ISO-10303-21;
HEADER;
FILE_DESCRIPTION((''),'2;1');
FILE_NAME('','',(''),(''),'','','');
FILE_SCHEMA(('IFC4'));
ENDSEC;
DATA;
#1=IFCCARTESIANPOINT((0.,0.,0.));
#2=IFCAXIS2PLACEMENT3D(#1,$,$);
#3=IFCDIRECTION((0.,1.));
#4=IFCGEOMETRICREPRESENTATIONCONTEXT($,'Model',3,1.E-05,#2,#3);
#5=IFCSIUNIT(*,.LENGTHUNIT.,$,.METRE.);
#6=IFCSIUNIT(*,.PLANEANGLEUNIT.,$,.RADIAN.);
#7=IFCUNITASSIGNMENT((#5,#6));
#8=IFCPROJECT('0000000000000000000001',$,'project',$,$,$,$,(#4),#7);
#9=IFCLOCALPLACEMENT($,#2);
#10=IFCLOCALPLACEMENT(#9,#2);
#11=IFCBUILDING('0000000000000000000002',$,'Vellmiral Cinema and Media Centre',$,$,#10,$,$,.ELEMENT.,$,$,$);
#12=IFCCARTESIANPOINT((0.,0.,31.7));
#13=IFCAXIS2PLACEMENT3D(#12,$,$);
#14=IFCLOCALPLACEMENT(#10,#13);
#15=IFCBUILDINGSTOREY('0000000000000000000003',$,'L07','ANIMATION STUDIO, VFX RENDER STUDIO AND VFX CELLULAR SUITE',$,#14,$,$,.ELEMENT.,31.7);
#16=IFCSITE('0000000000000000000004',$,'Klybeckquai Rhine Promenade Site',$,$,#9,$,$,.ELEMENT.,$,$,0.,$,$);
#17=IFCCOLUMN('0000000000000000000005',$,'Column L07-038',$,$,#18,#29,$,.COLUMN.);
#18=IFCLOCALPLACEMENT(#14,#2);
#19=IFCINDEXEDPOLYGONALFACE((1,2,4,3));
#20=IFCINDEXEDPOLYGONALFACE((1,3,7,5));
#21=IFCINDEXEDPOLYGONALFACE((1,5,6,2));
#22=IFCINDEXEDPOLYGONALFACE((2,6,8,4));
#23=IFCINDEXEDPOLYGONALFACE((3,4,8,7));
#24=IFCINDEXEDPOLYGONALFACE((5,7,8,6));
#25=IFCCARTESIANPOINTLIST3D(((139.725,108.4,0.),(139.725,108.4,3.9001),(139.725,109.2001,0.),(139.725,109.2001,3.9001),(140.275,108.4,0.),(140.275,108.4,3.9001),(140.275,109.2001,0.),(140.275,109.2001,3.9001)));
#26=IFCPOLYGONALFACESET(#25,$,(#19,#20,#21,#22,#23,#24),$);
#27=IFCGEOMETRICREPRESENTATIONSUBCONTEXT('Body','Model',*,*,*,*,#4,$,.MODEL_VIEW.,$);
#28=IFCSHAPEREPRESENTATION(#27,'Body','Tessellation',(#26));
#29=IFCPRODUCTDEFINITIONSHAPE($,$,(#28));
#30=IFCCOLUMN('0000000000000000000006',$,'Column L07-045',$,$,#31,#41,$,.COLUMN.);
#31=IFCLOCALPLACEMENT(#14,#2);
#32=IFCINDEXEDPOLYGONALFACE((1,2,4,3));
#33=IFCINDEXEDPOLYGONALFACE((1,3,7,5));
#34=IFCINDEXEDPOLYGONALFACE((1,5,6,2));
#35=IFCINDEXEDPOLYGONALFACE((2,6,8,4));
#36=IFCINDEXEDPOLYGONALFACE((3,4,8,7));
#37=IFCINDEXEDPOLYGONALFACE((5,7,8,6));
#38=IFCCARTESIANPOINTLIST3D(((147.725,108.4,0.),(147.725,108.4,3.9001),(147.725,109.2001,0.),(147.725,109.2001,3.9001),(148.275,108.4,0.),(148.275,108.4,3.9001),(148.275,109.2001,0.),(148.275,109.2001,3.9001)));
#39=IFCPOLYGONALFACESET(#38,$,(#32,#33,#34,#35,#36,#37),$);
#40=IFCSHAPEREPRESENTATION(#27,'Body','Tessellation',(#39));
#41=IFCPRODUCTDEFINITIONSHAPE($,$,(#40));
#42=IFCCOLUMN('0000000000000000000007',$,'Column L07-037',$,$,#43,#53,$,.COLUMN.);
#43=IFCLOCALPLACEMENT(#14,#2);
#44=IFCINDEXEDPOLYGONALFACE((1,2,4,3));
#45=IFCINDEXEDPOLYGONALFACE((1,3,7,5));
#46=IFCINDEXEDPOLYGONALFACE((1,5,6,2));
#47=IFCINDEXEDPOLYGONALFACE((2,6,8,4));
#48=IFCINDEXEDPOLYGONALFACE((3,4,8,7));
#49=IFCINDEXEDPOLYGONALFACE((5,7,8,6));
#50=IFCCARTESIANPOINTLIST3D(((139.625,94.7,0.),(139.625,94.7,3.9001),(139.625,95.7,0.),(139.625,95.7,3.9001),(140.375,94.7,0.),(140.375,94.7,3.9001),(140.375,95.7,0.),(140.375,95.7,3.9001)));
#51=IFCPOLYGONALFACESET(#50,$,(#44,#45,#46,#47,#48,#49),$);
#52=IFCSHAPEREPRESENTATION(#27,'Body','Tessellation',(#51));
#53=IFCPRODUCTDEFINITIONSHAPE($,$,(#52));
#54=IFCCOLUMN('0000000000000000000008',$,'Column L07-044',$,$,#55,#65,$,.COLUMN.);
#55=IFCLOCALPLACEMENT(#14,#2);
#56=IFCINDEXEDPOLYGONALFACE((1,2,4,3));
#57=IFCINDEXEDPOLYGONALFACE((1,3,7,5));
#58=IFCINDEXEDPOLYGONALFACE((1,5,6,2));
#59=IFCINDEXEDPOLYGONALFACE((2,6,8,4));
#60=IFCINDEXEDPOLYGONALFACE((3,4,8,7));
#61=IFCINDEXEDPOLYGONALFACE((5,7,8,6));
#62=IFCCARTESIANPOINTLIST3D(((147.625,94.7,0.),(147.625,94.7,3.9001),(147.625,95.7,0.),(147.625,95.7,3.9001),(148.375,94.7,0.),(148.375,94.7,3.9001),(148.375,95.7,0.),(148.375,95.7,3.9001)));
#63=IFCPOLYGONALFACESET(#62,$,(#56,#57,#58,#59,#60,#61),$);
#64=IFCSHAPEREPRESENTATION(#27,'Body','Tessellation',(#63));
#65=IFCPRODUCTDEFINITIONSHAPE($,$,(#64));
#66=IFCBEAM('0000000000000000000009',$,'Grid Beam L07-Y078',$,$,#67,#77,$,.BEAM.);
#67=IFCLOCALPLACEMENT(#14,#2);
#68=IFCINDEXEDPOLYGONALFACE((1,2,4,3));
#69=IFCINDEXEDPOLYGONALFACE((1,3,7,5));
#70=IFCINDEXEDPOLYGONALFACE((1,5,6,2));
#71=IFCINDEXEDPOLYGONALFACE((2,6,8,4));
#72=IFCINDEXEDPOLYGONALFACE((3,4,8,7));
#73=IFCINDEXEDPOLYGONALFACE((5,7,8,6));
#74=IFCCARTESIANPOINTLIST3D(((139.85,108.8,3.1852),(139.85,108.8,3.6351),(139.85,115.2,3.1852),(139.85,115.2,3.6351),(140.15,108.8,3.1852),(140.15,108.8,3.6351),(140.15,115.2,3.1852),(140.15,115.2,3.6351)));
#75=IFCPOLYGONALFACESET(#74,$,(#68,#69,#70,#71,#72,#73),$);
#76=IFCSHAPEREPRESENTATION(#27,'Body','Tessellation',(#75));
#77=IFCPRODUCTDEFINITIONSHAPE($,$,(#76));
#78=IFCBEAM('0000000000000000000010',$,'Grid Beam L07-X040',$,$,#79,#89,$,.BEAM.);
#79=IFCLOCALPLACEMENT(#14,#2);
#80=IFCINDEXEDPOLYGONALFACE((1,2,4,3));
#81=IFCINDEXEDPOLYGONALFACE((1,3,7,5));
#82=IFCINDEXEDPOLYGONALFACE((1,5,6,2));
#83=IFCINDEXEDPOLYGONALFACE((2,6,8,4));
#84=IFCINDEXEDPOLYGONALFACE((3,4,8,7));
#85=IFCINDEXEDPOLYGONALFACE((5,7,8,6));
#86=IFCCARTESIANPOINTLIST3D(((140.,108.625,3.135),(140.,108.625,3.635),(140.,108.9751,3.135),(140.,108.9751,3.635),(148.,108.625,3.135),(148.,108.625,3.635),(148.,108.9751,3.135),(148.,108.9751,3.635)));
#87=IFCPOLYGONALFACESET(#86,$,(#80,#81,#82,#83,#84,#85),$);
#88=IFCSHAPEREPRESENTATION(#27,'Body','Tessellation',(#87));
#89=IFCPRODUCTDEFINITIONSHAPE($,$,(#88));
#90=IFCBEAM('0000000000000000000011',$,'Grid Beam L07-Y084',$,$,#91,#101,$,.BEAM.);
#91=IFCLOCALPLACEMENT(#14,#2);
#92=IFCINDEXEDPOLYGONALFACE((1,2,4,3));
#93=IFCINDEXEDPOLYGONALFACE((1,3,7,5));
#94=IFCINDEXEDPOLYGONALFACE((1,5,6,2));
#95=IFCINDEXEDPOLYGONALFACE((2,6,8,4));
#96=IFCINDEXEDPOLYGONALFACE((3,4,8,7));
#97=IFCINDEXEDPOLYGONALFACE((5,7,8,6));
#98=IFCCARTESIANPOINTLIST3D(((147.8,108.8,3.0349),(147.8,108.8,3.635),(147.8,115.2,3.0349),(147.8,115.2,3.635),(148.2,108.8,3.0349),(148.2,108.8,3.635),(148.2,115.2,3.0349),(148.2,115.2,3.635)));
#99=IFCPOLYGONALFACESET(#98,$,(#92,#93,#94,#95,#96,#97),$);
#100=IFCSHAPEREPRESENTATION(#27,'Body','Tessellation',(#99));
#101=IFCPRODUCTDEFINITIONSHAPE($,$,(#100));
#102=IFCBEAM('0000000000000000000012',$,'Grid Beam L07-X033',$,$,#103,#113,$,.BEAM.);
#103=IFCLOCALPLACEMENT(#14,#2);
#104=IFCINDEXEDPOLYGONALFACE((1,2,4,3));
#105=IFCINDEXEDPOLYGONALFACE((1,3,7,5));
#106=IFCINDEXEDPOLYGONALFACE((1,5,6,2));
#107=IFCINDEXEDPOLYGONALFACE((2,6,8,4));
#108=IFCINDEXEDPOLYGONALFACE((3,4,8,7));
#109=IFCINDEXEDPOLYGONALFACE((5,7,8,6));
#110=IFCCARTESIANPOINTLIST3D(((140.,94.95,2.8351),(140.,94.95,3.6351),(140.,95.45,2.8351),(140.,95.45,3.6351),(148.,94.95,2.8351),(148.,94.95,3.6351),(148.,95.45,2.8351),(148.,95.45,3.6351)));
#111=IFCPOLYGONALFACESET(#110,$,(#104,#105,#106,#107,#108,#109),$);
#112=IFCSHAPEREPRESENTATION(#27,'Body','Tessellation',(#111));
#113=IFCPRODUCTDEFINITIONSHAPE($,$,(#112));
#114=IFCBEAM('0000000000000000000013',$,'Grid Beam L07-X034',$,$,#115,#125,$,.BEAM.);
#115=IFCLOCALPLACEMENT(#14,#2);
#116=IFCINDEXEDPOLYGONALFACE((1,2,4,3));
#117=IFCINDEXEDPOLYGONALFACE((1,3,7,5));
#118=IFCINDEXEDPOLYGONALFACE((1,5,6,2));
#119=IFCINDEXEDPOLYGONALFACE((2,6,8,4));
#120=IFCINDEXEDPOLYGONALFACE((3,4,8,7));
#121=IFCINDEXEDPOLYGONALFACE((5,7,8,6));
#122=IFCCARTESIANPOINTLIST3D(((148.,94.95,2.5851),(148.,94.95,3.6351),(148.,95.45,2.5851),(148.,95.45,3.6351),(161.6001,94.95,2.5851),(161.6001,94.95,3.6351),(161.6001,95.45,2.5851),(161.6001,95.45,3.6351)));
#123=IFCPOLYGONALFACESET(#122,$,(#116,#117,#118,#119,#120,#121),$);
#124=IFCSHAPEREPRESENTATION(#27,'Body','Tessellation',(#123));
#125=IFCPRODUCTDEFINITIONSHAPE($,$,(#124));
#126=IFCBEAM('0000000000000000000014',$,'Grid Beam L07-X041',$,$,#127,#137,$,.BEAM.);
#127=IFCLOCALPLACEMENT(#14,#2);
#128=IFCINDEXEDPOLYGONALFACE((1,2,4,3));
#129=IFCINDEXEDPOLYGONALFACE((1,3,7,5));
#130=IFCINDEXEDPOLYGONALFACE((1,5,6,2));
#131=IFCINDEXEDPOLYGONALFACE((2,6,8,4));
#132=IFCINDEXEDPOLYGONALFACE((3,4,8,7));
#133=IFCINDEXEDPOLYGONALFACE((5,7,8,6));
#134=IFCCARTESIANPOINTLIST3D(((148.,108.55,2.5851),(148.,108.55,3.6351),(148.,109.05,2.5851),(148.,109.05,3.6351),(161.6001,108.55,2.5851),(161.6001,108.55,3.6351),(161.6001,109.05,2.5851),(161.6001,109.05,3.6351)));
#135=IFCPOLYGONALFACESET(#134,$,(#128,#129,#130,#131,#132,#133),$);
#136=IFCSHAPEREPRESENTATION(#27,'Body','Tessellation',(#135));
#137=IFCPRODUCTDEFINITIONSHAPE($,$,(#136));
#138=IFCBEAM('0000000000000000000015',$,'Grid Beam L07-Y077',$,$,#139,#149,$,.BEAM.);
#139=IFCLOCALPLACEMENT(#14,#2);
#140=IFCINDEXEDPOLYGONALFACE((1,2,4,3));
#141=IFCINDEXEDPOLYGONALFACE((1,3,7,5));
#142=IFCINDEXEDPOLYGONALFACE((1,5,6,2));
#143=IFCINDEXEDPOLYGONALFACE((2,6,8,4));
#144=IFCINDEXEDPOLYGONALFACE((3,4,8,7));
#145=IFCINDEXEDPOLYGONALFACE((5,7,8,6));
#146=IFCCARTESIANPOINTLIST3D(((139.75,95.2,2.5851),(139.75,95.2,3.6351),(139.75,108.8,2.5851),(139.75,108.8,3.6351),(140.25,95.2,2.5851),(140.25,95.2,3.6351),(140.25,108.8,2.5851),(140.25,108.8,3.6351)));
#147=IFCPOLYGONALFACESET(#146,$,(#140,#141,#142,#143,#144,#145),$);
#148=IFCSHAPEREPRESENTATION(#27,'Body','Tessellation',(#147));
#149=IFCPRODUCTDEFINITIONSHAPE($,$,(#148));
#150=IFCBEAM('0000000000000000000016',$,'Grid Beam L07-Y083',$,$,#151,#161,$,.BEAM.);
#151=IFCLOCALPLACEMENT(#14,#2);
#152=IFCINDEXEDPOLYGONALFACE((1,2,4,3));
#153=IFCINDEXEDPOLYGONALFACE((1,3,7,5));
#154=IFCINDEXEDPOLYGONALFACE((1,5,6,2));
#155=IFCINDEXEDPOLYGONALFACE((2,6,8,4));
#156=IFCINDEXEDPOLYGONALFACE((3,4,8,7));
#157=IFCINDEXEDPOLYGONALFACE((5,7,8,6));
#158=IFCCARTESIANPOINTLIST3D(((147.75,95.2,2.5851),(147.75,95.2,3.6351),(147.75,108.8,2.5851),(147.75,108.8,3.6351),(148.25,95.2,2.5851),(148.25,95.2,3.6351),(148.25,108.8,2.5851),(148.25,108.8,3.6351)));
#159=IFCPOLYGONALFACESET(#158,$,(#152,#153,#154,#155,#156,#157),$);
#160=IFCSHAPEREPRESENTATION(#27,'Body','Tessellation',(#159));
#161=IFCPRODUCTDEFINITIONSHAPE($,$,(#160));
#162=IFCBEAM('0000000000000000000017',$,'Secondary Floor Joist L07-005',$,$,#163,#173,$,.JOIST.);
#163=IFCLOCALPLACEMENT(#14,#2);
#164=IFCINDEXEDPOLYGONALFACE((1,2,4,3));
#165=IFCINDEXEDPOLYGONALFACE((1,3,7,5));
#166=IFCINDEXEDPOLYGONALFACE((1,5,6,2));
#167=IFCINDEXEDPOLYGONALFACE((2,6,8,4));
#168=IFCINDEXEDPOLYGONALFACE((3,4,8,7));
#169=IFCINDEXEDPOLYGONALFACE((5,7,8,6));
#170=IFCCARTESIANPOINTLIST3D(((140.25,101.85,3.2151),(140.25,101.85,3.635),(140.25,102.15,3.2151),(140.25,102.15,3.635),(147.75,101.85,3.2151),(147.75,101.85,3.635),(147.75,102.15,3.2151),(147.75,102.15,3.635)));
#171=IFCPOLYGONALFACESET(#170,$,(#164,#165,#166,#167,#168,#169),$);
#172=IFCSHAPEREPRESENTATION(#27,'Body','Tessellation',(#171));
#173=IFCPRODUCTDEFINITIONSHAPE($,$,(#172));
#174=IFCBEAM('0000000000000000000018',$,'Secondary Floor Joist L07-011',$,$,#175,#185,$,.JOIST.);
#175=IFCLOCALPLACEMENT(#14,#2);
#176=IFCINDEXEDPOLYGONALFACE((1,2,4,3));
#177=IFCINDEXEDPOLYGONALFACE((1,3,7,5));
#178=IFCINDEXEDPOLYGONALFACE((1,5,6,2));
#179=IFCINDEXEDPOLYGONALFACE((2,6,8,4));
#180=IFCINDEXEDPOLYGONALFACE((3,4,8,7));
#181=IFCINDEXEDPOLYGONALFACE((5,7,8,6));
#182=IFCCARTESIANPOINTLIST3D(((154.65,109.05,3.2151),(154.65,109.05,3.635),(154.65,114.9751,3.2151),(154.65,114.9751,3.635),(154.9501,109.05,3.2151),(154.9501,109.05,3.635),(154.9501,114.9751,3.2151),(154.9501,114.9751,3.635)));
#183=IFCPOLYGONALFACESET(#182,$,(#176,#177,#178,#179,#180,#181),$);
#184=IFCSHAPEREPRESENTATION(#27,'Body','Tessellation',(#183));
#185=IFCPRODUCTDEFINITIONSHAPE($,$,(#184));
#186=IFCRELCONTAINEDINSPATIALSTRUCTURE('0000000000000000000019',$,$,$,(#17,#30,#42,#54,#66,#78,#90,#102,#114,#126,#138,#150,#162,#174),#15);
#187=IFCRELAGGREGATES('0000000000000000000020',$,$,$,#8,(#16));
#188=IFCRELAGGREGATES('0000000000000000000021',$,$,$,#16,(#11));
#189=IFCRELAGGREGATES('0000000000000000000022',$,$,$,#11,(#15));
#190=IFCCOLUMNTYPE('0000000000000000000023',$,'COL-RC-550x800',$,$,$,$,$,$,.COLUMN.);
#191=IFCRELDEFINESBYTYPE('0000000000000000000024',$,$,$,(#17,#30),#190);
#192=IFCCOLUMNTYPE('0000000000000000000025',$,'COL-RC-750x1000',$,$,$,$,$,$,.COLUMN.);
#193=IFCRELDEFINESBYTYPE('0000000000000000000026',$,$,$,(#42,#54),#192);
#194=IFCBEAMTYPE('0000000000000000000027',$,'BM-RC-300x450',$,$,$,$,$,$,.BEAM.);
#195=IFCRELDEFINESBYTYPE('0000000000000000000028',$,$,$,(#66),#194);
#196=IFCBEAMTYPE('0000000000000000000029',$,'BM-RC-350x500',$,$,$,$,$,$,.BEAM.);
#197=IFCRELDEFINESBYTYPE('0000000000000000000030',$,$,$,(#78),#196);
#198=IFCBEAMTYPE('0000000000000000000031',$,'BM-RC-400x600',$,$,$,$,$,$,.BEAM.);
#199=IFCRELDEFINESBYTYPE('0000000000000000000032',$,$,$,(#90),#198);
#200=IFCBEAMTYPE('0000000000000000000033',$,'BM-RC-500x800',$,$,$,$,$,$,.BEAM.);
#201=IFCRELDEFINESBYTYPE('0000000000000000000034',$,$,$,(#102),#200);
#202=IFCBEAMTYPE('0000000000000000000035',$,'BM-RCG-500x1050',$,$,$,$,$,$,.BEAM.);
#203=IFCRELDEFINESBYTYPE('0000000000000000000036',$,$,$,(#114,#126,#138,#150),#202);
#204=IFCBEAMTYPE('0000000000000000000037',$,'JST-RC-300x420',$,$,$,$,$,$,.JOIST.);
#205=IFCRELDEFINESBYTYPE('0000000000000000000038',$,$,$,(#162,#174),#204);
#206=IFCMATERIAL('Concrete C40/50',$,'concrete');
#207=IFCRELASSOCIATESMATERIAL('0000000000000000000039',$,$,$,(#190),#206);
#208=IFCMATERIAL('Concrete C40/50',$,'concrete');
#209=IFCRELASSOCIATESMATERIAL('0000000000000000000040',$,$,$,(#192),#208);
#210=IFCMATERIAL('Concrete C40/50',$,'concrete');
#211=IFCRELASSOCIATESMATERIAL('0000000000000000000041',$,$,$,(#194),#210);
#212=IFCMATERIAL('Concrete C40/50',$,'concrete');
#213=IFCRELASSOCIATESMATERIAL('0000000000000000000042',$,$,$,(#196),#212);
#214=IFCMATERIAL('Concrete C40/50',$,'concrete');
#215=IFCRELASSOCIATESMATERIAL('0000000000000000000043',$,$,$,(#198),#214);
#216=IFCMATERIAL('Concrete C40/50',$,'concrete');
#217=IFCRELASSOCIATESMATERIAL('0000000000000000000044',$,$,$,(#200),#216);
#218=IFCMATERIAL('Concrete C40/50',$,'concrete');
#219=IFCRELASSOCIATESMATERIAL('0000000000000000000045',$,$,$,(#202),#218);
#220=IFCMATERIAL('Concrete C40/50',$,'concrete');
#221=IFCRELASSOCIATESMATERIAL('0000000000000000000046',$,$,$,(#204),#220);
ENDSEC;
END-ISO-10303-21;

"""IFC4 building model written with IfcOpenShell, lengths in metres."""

from ifc_helpers import new_model, si_unit, direction, frame, origin, origin_2d, place, context, subcontext, project, spatial, rectangle, extrude, material, material_profile, profile_set, type_object, element, save


model = new_model("IFC4")

# Units and contexts
model_context = context("Model", 3, precision=1e-05, world=origin(), true_north=direction((0.0, 1.0)))
body_context = subcontext(model_context, "Body", "Model", "MODEL_VIEW")
ifc_project = project(units=[si_unit("LENGTHUNIT", "METRE"), si_unit("PLANEANGLEUNIT", "RADIAN")], contexts=[model_context])

# Site, building, storey
site_placement = place(None, origin())
site = spatial("IfcSite", under=ifc_project, at=site_placement, Name="Klybeckquai Rhine Promenade Site", CompositionType="ELEMENT", RefElevation=0.0)
building_placement = place(site_placement, origin())
building = spatial("IfcBuilding", under=site, at=building_placement, Name="Vellmiral Cinema and Media Centre", CompositionType="ELEMENT")
storey_placement = place(building_placement, frame((0.0, 0.0, 31.7)))
storey = spatial("IfcBuildingStorey", under=building, at=storey_placement, Name="L07", Description="ANIMATION STUDIO, VFX RENDER STUDIO AND VFX CELLULAR SUITE", CompositionType="ELEMENT", Elevation=31.7)

# Columns
ifc_material_1 = material(Name="Concrete C40/50", Category="concrete")
ifc_material_profile_1 = material_profile(ifc_material_1, rectangle(XDim=0.55, YDim=0.8, at=origin_2d()), Name="RC 550x800")
ifc_profile_set_1 = profile_set([ifc_material_profile_1], Name="Concrete C40/50")
column_type_1 = type_object("IfcColumnType", Name="COL-RC-550x800", PredefinedType="COLUMN", material=ifc_profile_set_1)
for number, where, z_axis, x_axis, name in (
    (1, (140.0, 108.8, 0.0), (0.0, 0.0, 1.0), (1.0, 0.0, 0.0), "Column L07-038"),
    (2, (148.0, 108.8, 0.0), (0.0, 0.0, 1.0), (1.0, 0.0, 0.0), "Column L07-045"),
):
    element("IfcColumn", number, at=place(storey_placement, frame(where, z_axis=z_axis, x_axis=x_axis)), inside=storey, type_object=column_type_1, Name=name, PredefinedType="COLUMN", context=body_context, shape_type="SweptSolid", body=[
        extrude(rectangle(XDim=0.55, YDim=0.8, at=origin_2d()), origin(), (0.0, 0.0, 1.0), 3.9001),
    ])
ifc_material_2 = material(Name="Concrete C40/50", Category="concrete")
ifc_material_profile_2 = material_profile(ifc_material_2, rectangle(XDim=0.75, YDim=1.0, at=origin_2d()), Name="RC 750x1000")
ifc_profile_set_2 = profile_set([ifc_material_profile_2], Name="Concrete C40/50")
column_type_2 = type_object("IfcColumnType", Name="COL-RC-750x1000", PredefinedType="COLUMN", material=ifc_profile_set_2)
for number, where, z_axis, x_axis, name in (
    (3, (140.0, 95.2, 0.0), (0.0, 0.0, 1.0), (1.0, 0.0, 0.0), "Column L07-037"),
    (4, (148.0, 95.2, 0.0), (0.0, 0.0, 1.0), (1.0, 0.0, 0.0), "Column L07-044"),
):
    element("IfcColumn", number, at=place(storey_placement, frame(where, z_axis=z_axis, x_axis=x_axis)), inside=storey, type_object=column_type_2, Name=name, PredefinedType="COLUMN", context=body_context, shape_type="SweptSolid", body=[
        extrude(rectangle(XDim=0.75, YDim=1.0, at=origin_2d()), origin(), (0.0, 0.0, 1.0), 3.9001),
    ])

# Beams
ifc_material_3 = material(Name="Concrete C40/50", Category="concrete")
ifc_material_profile_3 = material_profile(ifc_material_3, rectangle(XDim=0.3, YDim=0.45, at=origin_2d()), Name="RC 300x450")
ifc_profile_set_3 = profile_set([ifc_material_profile_3], Name="Concrete C40/50")
beam_type_1 = type_object("IfcBeamType", Name="BM-RC-300x450", PredefinedType="BEAM", material=ifc_profile_set_3)
beam_1_placement = place(storey_placement, frame((140.0, 108.8, 3.4102), z_axis=(0.0, 1.0, 0.0), x_axis=(-1.0, 0.0, 0.0)))
element("IfcBeam", 5, at=beam_1_placement, inside=storey, type_object=beam_type_1, Name="Grid Beam L07-Y078", PredefinedType="BEAM", context=body_context, shape_type="SweptSolid", body=[
    extrude(rectangle(XDim=0.3, YDim=0.45, at=origin_2d()), origin(), (0.0, 0.0, 1.0), 6.3999),
])
ifc_material_4 = material(Name="Concrete C40/50", Category="concrete")
ifc_material_profile_4 = material_profile(ifc_material_4, rectangle(XDim=0.3501, YDim=0.5, at=origin_2d()), Name="RC 350x500")
ifc_profile_set_4 = profile_set([ifc_material_profile_4], Name="Concrete C40/50")
beam_type_2 = type_object("IfcBeamType", Name="BM-RC-350x500", PredefinedType="BEAM", material=ifc_profile_set_4)
beam_2_placement = place(storey_placement, frame((140.0, 108.8, 3.385), z_axis=(1.0, 0.0, 0.0), x_axis=(0.0, 1.0, 0.0)))
element("IfcBeam", 6, at=beam_2_placement, inside=storey, type_object=beam_type_2, Name="Grid Beam L07-X040", PredefinedType="BEAM", context=body_context, shape_type="SweptSolid", body=[
    extrude(rectangle(XDim=0.3501, YDim=0.5, at=origin_2d()), origin(), (0.0, 0.0, 1.0), 8.0),
])
ifc_material_5 = material(Name="Concrete C40/50", Category="concrete")
ifc_material_profile_5 = material_profile(ifc_material_5, rectangle(XDim=0.3999, YDim=0.6001, at=origin_2d()), Name="RC 400x600")
ifc_profile_set_5 = profile_set([ifc_material_profile_5], Name="Concrete C40/50")
beam_type_3 = type_object("IfcBeamType", Name="BM-RC-400x600", PredefinedType="BEAM", material=ifc_profile_set_5)
beam_3_placement = place(storey_placement, frame((148.0, 108.8, 3.335), z_axis=(0.0, 1.0, 0.0), x_axis=(-1.0, 0.0, 0.0)))
element("IfcBeam", 7, at=beam_3_placement, inside=storey, type_object=beam_type_3, Name="Grid Beam L07-Y084", PredefinedType="BEAM", context=body_context, shape_type="SweptSolid", body=[
    extrude(rectangle(XDim=0.3999, YDim=0.6001, at=origin_2d()), origin(), (0.0, 0.0, 1.0), 6.3999),
])
ifc_material_6 = material(Name="Concrete C40/50", Category="concrete")
ifc_material_profile_6 = material_profile(ifc_material_6, rectangle(XDim=0.5, YDim=0.8, at=origin_2d()), Name="RC 500x800")
ifc_profile_set_6 = profile_set([ifc_material_profile_6], Name="Concrete C40/50")
beam_type_4 = type_object("IfcBeamType", Name="BM-RC-500x800", PredefinedType="BEAM", material=ifc_profile_set_6)
beam_4_placement = place(storey_placement, frame((140.0, 95.2, 3.2351), z_axis=(1.0, 0.0, 0.0), x_axis=(0.0, 1.0, 0.0)))
element("IfcBeam", 8, at=beam_4_placement, inside=storey, type_object=beam_type_4, Name="Grid Beam L07-X033", PredefinedType="BEAM", context=body_context, shape_type="SweptSolid", body=[
    extrude(rectangle(XDim=0.5, YDim=0.8, at=origin_2d()), origin(), (0.0, 0.0, 1.0), 8.0),
])
ifc_material_7 = material(Name="Concrete C40/50", Category="concrete")
ifc_material_profile_7 = material_profile(ifc_material_7, rectangle(XDim=0.5, YDim=1.05, at=origin_2d()), Name="RC 500x1050")
ifc_profile_set_7 = profile_set([ifc_material_profile_7], Name="Concrete C40/50")
beam_type_5 = type_object("IfcBeamType", Name="BM-RCG-500x1050", PredefinedType="BEAM", material=ifc_profile_set_7)
for number, where, z_axis, x_axis, name in (
    (9, (148.0, 95.2, 3.1101), (1.0, 0.0, 0.0), (0.0, 1.0, 0.0), "Grid Beam L07-X034"),
    (10, (148.0, 108.8, 3.1101), (1.0, 0.0, 0.0), (0.0, 1.0, 0.0), "Grid Beam L07-X041"),
    (11, (140.0, 95.2, 3.1101), (0.0, 1.0, 0.0), (-1.0, 0.0, 0.0), "Grid Beam L07-Y077"),
    (12, (148.0, 95.2, 3.1101), (0.0, 1.0, 0.0), (-1.0, 0.0, 0.0), "Grid Beam L07-Y083"),
):
    element("IfcBeam", number, at=place(storey_placement, frame(where, z_axis=z_axis, x_axis=x_axis)), inside=storey, type_object=beam_type_5, Name=name, PredefinedType="BEAM", context=body_context, shape_type="SweptSolid", body=[
        extrude(rectangle(XDim=0.5, YDim=1.05, at=origin_2d()), origin(), (0.0, 0.0, 1.0), 13.6001),
    ])
ifc_material_8 = material(Name="Concrete C40/50", Category="concrete")
ifc_material_profile_8 = material_profile(ifc_material_8, rectangle(XDim=0.3, YDim=0.4199, at=origin_2d()), Name="RC 300x420")
ifc_profile_set_8 = profile_set([ifc_material_profile_8], Name="Concrete C40/50")
beam_type_6 = type_object("IfcBeamType", Name="JST-RC-300x420", PredefinedType="JOIST", material=ifc_profile_set_8)
beam_5_placement = place(storey_placement, frame((140.25, 102.0, 3.425), z_axis=(1.0, 0.0, 0.0), x_axis=(0.0, 1.0, 0.0)))
element("IfcBeam", 13, at=beam_5_placement, inside=storey, type_object=beam_type_6, Name="Secondary Floor Joist L07-005", PredefinedType="JOIST", context=body_context, shape_type="SweptSolid", body=[
    extrude(rectangle(XDim=0.3, YDim=0.4199, at=origin_2d()), origin(), (0.0, 0.0, 1.0), 7.5),
])
beam_6_placement = place(storey_placement, frame((154.8, 109.05, 3.425), z_axis=(0.0, 1.0, 0.0), x_axis=(-1.0, 0.0, 0.0)))
element("IfcBeam", 14, at=beam_6_placement, inside=storey, type_object=beam_type_6, Name="Secondary Floor Joist L07-011", PredefinedType="JOIST", context=body_context, shape_type="SweptSolid", body=[
    extrude(rectangle(XDim=0.3, YDim=0.4199, at=origin_2d()), origin(), (0.0, 0.0, 1.0), 5.925),
])

save(model, "model.ifc")
